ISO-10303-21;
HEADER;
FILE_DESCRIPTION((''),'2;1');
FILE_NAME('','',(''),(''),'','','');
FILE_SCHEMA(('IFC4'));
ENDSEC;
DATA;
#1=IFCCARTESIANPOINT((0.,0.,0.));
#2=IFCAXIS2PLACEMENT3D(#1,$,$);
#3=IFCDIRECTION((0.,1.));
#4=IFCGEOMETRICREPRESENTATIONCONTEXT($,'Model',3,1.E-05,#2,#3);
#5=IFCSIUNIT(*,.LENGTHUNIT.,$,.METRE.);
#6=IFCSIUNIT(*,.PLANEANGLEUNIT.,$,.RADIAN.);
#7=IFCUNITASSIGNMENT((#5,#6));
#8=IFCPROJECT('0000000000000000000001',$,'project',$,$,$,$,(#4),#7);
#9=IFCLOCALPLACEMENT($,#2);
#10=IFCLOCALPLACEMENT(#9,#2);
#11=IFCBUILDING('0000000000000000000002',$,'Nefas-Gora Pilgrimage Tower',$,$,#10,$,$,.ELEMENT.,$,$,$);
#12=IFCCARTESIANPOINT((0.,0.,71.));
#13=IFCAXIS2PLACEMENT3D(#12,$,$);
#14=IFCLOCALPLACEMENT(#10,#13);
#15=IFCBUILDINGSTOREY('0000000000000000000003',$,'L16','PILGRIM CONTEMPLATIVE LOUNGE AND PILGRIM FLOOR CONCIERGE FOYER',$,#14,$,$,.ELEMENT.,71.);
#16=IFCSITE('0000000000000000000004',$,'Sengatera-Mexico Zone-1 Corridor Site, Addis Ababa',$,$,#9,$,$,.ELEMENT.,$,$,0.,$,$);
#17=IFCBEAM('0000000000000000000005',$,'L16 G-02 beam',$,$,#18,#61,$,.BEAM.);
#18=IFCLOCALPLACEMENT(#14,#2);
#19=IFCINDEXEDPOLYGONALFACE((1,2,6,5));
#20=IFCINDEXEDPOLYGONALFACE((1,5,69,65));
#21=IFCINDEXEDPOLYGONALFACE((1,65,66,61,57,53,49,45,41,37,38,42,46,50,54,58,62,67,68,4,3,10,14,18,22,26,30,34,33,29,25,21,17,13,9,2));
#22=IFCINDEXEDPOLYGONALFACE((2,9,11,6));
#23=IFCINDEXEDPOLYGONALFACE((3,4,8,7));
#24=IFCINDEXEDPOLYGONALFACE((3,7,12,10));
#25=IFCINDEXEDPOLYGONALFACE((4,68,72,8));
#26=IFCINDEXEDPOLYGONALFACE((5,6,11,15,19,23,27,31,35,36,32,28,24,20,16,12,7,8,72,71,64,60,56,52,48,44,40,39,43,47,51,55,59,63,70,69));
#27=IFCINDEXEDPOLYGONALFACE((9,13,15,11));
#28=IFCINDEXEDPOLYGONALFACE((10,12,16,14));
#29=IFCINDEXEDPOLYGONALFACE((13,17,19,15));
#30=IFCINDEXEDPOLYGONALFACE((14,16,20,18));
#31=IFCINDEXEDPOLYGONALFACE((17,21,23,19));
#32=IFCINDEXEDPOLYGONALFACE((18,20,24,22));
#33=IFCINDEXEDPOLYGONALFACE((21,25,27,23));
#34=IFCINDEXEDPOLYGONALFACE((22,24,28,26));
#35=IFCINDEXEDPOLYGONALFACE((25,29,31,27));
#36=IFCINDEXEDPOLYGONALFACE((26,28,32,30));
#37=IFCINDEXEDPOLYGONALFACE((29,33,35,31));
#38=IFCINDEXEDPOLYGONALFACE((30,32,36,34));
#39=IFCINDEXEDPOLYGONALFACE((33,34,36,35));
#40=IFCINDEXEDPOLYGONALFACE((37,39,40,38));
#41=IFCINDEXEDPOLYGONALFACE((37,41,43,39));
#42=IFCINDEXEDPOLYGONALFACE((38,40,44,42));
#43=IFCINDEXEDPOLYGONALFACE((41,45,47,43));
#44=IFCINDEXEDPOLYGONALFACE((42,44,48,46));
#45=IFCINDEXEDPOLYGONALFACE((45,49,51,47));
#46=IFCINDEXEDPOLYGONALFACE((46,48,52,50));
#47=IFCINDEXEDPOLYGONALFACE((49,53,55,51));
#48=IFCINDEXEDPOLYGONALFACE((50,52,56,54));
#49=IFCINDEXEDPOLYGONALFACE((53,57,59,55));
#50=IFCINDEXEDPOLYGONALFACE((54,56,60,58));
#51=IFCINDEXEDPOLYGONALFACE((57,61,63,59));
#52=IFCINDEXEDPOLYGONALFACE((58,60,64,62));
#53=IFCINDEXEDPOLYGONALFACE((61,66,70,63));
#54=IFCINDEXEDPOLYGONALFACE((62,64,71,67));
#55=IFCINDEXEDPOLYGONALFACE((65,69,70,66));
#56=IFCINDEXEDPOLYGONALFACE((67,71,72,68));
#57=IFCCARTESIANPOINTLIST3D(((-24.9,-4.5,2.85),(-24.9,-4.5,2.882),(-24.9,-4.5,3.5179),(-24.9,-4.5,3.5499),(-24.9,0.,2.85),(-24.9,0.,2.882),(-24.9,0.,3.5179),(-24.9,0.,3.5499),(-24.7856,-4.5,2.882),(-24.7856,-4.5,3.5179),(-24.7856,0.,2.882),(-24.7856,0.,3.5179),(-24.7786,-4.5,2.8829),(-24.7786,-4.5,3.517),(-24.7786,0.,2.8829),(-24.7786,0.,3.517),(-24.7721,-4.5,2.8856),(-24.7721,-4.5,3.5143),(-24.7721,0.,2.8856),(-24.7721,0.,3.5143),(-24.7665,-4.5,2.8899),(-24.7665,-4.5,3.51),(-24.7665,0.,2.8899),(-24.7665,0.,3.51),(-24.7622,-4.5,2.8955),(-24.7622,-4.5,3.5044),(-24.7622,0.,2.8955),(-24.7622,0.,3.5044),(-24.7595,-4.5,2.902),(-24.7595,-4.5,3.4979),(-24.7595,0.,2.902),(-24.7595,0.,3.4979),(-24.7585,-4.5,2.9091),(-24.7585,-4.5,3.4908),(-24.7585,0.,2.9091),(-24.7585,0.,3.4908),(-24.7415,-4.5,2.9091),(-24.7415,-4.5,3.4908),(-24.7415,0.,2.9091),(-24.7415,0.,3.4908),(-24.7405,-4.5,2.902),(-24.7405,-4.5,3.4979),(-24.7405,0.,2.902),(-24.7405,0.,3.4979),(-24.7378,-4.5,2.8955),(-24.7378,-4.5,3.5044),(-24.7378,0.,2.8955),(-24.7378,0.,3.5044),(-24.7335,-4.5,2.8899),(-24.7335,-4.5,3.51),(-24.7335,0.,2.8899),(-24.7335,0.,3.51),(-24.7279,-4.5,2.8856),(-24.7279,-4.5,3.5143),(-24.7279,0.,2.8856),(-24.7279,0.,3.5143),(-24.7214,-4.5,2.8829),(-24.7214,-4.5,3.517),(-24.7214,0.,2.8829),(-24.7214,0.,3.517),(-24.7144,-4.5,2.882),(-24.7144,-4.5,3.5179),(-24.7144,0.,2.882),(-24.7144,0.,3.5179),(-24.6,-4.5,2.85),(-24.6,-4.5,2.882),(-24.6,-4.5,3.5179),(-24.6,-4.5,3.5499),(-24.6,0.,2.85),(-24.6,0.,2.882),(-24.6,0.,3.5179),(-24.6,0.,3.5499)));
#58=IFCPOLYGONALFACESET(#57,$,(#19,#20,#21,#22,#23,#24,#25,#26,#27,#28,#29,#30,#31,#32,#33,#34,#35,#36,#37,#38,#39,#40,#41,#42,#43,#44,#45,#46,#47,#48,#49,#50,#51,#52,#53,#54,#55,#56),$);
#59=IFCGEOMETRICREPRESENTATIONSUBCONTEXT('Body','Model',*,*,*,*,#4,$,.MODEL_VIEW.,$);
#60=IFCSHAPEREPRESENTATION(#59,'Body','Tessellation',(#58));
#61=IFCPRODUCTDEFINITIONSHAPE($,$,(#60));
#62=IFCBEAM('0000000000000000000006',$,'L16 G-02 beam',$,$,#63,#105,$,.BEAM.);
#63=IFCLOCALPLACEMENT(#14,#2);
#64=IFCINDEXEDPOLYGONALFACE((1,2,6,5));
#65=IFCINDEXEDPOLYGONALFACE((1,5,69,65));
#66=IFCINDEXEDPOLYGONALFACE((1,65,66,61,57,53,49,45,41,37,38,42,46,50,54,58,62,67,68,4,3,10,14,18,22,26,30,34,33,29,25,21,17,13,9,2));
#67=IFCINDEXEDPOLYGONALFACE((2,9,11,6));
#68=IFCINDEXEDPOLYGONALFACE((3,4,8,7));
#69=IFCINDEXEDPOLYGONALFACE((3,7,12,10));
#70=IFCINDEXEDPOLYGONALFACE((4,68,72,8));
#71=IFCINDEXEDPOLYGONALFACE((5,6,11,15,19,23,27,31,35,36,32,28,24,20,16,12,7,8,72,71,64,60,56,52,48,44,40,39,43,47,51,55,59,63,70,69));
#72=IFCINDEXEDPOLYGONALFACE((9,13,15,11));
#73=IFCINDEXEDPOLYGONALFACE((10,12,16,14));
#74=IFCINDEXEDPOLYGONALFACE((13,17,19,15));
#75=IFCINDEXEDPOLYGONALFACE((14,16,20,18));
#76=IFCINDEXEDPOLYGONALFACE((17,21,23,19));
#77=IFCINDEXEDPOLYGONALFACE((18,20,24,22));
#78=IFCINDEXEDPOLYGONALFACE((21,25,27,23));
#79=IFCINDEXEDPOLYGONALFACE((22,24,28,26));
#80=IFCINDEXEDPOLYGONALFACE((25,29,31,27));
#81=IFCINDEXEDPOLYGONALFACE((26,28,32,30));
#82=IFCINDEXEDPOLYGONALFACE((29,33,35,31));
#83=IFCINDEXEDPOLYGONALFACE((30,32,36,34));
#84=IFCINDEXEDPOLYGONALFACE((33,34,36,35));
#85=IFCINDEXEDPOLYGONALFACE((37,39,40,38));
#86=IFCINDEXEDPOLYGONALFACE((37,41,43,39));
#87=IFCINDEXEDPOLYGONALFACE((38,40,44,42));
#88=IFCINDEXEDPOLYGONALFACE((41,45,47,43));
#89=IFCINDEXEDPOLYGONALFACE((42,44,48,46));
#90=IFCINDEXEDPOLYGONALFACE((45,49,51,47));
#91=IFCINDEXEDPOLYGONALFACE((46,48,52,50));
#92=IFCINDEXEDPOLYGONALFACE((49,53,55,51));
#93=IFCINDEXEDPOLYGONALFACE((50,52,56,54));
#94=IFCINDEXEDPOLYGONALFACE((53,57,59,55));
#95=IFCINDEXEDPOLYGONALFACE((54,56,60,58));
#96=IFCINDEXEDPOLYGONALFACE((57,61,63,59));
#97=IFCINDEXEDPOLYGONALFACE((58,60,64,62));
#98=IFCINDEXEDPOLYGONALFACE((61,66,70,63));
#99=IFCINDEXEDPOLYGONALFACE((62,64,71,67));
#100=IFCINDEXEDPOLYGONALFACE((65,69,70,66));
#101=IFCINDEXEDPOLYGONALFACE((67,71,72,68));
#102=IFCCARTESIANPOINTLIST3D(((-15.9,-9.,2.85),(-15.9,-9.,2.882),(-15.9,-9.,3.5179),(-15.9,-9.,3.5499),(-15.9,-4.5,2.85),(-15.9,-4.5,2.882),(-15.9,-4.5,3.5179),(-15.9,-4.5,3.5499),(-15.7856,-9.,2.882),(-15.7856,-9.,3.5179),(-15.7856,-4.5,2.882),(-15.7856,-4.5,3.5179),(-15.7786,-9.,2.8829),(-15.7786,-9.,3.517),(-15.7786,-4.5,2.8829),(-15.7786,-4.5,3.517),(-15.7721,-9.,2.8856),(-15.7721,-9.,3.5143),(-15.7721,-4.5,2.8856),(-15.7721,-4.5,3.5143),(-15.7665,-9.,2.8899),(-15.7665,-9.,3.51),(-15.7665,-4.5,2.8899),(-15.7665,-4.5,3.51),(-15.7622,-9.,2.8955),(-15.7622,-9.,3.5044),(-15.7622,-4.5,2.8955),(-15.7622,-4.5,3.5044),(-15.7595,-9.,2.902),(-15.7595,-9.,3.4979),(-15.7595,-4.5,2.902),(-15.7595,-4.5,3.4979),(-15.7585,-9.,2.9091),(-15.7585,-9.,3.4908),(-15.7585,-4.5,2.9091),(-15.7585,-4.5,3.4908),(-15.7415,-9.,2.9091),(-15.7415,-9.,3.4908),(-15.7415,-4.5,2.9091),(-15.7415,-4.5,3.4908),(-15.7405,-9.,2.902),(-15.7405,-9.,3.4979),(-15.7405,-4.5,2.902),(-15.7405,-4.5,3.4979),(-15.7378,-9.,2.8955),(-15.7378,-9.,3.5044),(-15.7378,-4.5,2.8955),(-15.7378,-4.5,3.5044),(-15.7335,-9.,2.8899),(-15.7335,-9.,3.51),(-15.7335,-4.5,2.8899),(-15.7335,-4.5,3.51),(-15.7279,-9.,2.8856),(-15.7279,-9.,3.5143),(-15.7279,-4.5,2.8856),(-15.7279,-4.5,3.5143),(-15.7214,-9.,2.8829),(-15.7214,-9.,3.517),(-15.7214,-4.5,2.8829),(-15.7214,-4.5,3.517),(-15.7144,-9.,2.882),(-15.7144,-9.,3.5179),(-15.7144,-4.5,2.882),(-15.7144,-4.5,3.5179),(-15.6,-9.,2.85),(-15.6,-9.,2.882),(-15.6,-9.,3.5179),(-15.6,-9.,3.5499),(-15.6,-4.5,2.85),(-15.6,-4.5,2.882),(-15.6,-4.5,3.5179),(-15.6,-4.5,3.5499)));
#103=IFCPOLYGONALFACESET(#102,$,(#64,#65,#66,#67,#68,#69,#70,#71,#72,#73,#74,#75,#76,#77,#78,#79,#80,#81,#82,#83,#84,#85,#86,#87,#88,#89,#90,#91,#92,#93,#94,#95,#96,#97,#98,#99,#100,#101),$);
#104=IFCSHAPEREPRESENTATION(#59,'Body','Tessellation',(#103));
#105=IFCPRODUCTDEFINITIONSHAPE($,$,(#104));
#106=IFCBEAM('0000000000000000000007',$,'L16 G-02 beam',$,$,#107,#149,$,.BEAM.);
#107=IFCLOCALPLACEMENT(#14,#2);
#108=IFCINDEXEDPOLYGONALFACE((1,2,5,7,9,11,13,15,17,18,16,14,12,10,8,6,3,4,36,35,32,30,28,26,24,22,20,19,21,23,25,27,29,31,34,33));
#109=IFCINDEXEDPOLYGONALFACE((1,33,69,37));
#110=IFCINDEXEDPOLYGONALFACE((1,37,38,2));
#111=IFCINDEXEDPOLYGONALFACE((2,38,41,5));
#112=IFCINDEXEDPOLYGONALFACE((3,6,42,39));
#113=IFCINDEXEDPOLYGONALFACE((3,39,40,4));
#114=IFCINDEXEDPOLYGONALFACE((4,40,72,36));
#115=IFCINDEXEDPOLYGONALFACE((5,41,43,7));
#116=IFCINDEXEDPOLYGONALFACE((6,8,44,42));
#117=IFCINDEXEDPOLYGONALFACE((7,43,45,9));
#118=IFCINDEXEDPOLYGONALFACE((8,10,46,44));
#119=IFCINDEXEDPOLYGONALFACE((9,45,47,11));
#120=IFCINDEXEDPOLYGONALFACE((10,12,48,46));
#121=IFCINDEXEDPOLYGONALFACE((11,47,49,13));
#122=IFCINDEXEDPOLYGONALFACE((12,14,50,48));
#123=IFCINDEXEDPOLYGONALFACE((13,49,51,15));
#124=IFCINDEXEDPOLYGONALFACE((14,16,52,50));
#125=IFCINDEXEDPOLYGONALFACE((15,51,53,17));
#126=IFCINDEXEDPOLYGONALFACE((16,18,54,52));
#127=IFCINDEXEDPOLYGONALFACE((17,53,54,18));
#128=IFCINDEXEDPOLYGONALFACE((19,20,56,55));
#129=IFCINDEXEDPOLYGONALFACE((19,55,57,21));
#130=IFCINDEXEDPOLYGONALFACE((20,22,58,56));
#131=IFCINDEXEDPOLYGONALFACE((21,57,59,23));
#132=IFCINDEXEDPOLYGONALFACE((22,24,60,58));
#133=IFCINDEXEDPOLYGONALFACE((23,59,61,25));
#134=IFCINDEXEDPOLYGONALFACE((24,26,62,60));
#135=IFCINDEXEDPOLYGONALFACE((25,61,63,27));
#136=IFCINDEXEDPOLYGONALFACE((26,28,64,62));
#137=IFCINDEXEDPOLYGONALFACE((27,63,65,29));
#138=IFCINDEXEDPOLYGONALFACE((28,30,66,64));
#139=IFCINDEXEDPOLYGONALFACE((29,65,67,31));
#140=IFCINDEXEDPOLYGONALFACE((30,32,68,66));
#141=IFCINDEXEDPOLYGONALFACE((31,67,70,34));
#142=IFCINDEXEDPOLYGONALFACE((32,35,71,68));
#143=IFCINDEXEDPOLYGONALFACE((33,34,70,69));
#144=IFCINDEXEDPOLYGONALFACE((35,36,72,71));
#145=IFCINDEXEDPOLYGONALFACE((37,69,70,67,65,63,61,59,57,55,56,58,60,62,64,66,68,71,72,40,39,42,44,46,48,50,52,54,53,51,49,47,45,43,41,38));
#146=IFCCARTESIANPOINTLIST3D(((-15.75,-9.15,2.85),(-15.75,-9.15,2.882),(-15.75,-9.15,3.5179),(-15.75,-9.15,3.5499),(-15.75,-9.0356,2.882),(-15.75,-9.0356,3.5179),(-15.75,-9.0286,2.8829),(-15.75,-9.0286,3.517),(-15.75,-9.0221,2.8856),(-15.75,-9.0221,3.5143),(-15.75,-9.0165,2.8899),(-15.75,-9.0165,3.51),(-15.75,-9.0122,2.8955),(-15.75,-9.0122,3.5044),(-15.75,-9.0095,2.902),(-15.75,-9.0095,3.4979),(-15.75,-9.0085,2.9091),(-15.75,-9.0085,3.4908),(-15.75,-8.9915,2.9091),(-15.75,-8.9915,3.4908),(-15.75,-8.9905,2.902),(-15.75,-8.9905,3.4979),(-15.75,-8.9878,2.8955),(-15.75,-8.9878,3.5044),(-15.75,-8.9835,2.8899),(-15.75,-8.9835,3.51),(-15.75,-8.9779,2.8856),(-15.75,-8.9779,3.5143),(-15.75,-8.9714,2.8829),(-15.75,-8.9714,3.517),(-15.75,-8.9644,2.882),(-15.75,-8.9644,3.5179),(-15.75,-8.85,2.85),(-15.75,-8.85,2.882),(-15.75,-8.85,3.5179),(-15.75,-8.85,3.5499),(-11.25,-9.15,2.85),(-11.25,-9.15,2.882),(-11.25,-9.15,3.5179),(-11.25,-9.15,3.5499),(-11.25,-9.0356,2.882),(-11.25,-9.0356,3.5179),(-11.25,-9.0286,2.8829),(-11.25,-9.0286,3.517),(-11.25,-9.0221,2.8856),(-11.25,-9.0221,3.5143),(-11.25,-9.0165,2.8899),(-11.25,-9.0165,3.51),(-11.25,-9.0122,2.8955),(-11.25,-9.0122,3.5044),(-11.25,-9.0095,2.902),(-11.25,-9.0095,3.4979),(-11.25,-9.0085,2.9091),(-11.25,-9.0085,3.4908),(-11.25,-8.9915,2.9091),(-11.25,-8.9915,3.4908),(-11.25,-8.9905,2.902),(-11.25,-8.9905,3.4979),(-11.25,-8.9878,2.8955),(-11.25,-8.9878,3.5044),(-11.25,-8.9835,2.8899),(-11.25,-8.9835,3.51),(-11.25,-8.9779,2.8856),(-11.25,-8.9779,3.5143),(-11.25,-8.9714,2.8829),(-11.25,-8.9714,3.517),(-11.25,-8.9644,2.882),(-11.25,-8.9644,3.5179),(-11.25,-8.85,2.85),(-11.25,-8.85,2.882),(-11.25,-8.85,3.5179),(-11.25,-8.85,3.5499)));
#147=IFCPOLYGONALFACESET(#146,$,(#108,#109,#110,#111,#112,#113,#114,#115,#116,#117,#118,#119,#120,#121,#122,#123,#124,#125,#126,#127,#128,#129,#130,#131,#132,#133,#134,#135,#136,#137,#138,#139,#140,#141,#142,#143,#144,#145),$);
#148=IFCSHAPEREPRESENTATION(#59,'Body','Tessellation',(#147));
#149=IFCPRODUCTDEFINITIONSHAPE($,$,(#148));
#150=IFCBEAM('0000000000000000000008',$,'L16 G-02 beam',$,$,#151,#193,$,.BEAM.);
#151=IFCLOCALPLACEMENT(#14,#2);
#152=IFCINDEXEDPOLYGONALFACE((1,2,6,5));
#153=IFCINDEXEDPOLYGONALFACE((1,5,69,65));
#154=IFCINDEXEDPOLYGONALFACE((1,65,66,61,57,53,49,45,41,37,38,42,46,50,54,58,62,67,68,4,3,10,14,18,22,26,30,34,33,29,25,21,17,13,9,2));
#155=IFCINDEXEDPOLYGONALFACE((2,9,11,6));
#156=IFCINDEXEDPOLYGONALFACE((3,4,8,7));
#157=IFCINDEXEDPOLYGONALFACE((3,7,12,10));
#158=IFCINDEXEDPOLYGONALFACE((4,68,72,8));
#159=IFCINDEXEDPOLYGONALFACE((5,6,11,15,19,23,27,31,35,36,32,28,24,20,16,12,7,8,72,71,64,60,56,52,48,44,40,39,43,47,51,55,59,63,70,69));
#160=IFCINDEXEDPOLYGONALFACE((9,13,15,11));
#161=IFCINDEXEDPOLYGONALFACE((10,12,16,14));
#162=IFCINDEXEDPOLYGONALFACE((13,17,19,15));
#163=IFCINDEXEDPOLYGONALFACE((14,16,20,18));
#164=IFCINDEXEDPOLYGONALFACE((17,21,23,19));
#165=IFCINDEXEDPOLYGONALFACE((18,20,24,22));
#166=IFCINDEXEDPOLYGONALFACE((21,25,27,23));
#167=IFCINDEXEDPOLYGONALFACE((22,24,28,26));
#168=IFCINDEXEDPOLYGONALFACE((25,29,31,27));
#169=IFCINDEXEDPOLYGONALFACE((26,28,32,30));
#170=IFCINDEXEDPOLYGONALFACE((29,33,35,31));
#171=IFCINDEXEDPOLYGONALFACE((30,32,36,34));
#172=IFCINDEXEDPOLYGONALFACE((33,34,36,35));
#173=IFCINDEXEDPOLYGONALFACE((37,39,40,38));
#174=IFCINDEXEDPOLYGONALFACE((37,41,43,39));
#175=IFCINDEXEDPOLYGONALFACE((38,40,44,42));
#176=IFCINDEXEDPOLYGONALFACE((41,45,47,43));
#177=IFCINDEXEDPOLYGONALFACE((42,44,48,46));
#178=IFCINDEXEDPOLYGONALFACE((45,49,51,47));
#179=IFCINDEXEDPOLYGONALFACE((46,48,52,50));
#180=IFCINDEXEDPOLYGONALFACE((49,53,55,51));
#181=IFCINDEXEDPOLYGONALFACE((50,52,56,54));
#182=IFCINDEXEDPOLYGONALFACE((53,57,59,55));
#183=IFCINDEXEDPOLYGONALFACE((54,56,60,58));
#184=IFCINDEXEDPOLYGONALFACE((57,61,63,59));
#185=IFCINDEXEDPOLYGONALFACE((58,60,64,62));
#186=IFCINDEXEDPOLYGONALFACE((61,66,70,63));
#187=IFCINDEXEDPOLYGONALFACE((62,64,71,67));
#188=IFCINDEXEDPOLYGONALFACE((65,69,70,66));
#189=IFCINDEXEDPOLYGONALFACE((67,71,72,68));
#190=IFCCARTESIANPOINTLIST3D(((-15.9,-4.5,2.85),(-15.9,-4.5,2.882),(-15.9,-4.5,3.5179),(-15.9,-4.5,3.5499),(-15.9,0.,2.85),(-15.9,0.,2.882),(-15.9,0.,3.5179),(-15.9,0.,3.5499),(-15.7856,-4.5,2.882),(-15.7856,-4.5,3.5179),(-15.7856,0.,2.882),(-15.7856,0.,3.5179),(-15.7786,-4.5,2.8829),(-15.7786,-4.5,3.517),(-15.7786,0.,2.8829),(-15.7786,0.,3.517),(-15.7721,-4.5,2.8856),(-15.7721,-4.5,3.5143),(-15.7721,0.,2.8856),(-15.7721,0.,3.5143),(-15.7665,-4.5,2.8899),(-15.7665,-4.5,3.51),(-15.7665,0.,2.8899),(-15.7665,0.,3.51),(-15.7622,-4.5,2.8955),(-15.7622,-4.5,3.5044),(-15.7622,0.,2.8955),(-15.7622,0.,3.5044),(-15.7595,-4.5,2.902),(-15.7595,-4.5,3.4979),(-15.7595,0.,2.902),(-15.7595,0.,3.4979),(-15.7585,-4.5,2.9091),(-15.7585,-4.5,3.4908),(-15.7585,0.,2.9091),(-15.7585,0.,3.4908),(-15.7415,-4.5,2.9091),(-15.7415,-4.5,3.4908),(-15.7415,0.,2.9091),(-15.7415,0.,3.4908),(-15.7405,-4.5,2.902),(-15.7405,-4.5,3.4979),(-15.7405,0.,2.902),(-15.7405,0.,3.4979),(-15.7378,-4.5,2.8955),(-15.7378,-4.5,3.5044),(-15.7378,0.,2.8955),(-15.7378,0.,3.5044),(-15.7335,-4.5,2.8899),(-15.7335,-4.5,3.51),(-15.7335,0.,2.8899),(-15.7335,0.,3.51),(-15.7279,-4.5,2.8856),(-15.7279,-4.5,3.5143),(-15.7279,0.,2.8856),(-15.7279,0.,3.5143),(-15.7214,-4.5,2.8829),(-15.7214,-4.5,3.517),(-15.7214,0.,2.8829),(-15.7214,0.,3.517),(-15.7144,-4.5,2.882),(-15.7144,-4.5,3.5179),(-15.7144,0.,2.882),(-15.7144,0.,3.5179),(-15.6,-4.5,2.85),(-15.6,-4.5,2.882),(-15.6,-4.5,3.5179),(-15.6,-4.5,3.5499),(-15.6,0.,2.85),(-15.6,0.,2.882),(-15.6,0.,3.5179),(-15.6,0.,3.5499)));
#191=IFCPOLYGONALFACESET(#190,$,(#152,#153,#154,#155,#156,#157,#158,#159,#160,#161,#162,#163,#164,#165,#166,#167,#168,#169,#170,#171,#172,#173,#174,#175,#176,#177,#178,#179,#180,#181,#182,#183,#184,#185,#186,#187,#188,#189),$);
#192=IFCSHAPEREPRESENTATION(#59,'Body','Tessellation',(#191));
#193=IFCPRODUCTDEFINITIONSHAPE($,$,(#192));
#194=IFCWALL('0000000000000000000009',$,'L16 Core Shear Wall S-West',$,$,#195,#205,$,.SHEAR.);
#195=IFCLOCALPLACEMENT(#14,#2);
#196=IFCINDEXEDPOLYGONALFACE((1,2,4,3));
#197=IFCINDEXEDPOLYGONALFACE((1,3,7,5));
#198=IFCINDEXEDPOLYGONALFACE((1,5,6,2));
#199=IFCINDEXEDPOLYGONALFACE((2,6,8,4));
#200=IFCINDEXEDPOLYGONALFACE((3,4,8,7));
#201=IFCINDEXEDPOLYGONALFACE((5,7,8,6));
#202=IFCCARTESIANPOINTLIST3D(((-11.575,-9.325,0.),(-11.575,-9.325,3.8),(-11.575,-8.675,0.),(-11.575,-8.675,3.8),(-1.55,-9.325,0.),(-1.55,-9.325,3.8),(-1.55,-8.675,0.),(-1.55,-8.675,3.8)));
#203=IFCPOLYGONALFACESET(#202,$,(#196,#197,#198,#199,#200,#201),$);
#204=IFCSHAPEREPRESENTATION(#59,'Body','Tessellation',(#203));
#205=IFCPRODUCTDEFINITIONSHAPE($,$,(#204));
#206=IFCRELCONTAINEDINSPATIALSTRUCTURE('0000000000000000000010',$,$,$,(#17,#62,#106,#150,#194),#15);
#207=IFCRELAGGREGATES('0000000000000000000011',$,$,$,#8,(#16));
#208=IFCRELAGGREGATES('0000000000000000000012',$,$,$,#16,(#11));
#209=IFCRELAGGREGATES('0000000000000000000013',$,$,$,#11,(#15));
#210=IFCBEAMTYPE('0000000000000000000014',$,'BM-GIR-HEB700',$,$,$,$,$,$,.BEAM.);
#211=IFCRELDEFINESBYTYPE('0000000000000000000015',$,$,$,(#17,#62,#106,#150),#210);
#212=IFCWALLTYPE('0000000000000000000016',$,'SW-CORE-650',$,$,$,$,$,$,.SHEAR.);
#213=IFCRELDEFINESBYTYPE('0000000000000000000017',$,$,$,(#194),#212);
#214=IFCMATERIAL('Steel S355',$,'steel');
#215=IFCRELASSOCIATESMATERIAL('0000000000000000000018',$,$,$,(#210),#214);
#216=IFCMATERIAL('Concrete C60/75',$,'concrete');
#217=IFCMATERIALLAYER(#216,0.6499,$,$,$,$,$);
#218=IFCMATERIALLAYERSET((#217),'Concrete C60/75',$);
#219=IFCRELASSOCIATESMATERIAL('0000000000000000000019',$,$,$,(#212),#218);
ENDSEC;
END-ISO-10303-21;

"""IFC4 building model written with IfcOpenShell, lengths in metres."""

from ifc_helpers import new_model, si_unit, direction, frame, frame_2d, origin, origin_2d, place, context, subcontext, project, spatial, rectangle, i_section, extrude, source, transform, mapped, material, layer, layer_set, material_profile, profile_set, type_object, element, save


model = new_model("IFC4")

# Units and contexts
model_context = context("Model", 3, precision=1e-05, world=origin(), true_north=direction((0.0, 1.0)))
body_context = subcontext(model_context, "Body", "Model", "MODEL_VIEW")
ifc_project = project(units=[si_unit("LENGTHUNIT", "METRE"), si_unit("PLANEANGLEUNIT", "RADIAN")], contexts=[model_context])

# Site, building, storey
site_placement = place(None, origin())
site = spatial("IfcSite", under=ifc_project, at=site_placement, Name="Sengatera-Mexico Zone-1 Corridor Site, Addis Ababa", CompositionType="ELEMENT", RefElevation=0.0)
building_placement = place(site_placement, origin())
building = spatial("IfcBuilding", under=site, at=building_placement, Name="Nefas-Gora Pilgrimage Tower", CompositionType="ELEMENT")
storey_placement = place(building_placement, frame((0.0, 0.0, 71.0)))
storey = spatial("IfcBuildingStorey", under=building, at=storey_placement, Name="L16", Description="PILGRIM CONTEMPLATIVE LOUNGE AND PILGRIM FLOOR CONCIERGE FOYER", CompositionType="ELEMENT", Elevation=71.0)

# Beams
ifc_material_1 = material(Name="Steel S355", Category="steel")
ifc_material_profile_1 = material_profile(ifc_material_1, i_section(OverallWidth=0.3, OverallDepth=0.7, WebThickness=0.0171, FlangeThickness=0.032, FilletRadius=0.0271, at=origin_2d()), Name="HEB 700")
ifc_profile_set_1 = profile_set([ifc_material_profile_1], Name="Steel S355")
beam_type = type_object("IfcBeamType", Name="BM-GIR-HEB700", PredefinedType="BEAM", material=ifc_profile_set_1)
shared_shape_1 = source(origin(), body_context, "Body", "SweptSolid", [
    extrude(i_section(OverallWidth=0.3, OverallDepth=0.7, WebThickness=0.0171, FlangeThickness=0.032, FilletRadius=0.0271, at=origin_2d()), origin(), (0.0, 0.0, 1.0), 4.5),
])
for number, where, z_axis, x_axis, name in (
    (1, (-24.75, -4.5, 3.2), (0.0, 1.0, 0.0), (-1.0, 0.0, 0.0), "L16 G-02 beam"),
    (2, (-15.75, -9.0, 3.2), (0.0, 1.0, 0.0), (-1.0, 0.0, 0.0), "L16 G-02 beam"),
    (3, (-15.75, -9.0, 3.2), (1.0, 0.0, 0.0), (0.0, 1.0, 0.0), "L16 G-02 beam"),
    (4, (-15.75, -4.5, 3.2), (0.0, 1.0, 0.0), (-1.0, 0.0, 0.0), "L16 G-02 beam"),
):
    element("IfcBeam", number, at=place(storey_placement, frame(where, z_axis=z_axis, x_axis=x_axis)), inside=storey, type_object=beam_type, Name=name, PredefinedType="BEAM", context=body_context, shape_type="MappedRepresentation", body=[
        mapped(shared_shape_1, transform((0.0, 0.0, 0.0), x_axis=(1.0, 0.0, 0.0), y_axis=(0.0, 1.0, 0.0), z_axis=(0.0, 0.0, 1.0), scale=1.0)),
    ])

# Wall
ifc_material_2 = material(Name="Concrete C60/75", Category="concrete")
ifc_layer_1 = layer(ifc_material_2, 0.6499)
ifc_layer_set_1 = layer_set([ifc_layer_1], Name="Concrete C60/75")
wall_type_1 = type_object("IfcWallType", Name="SW-CORE-650", PredefinedType="SHEAR", material=ifc_layer_set_1)
shared_shape_2 = source(origin(), body_context, "Body", "SweptSolid", [
    extrude(rectangle(XDim=10.0249, YDim=0.6499, at=frame_2d((5.0125, 0.0))), origin(), (0.0, 0.0, 1.0), 3.8),
])
wall_1_placement = place(storey_placement, frame((-11.575, -9.0, 0.0), z_axis=(0.0, 0.0, 1.0), x_axis=(1.0, 0.0, 0.0)))
element("IfcWall", 5, at=wall_1_placement, inside=storey, type_object=wall_type_1, Name="L16 Core Shear Wall S-West", PredefinedType="SHEAR", context=body_context, shape_type="MappedRepresentation", body=[
    mapped(shared_shape_2, transform((0.0, 0.0, 0.0), x_axis=(1.0, 0.0, 0.0), y_axis=(0.0, 1.0, 0.0), z_axis=(0.0, 0.0, 1.0), scale=1.0)),
])

save(model, "model.ifc")
